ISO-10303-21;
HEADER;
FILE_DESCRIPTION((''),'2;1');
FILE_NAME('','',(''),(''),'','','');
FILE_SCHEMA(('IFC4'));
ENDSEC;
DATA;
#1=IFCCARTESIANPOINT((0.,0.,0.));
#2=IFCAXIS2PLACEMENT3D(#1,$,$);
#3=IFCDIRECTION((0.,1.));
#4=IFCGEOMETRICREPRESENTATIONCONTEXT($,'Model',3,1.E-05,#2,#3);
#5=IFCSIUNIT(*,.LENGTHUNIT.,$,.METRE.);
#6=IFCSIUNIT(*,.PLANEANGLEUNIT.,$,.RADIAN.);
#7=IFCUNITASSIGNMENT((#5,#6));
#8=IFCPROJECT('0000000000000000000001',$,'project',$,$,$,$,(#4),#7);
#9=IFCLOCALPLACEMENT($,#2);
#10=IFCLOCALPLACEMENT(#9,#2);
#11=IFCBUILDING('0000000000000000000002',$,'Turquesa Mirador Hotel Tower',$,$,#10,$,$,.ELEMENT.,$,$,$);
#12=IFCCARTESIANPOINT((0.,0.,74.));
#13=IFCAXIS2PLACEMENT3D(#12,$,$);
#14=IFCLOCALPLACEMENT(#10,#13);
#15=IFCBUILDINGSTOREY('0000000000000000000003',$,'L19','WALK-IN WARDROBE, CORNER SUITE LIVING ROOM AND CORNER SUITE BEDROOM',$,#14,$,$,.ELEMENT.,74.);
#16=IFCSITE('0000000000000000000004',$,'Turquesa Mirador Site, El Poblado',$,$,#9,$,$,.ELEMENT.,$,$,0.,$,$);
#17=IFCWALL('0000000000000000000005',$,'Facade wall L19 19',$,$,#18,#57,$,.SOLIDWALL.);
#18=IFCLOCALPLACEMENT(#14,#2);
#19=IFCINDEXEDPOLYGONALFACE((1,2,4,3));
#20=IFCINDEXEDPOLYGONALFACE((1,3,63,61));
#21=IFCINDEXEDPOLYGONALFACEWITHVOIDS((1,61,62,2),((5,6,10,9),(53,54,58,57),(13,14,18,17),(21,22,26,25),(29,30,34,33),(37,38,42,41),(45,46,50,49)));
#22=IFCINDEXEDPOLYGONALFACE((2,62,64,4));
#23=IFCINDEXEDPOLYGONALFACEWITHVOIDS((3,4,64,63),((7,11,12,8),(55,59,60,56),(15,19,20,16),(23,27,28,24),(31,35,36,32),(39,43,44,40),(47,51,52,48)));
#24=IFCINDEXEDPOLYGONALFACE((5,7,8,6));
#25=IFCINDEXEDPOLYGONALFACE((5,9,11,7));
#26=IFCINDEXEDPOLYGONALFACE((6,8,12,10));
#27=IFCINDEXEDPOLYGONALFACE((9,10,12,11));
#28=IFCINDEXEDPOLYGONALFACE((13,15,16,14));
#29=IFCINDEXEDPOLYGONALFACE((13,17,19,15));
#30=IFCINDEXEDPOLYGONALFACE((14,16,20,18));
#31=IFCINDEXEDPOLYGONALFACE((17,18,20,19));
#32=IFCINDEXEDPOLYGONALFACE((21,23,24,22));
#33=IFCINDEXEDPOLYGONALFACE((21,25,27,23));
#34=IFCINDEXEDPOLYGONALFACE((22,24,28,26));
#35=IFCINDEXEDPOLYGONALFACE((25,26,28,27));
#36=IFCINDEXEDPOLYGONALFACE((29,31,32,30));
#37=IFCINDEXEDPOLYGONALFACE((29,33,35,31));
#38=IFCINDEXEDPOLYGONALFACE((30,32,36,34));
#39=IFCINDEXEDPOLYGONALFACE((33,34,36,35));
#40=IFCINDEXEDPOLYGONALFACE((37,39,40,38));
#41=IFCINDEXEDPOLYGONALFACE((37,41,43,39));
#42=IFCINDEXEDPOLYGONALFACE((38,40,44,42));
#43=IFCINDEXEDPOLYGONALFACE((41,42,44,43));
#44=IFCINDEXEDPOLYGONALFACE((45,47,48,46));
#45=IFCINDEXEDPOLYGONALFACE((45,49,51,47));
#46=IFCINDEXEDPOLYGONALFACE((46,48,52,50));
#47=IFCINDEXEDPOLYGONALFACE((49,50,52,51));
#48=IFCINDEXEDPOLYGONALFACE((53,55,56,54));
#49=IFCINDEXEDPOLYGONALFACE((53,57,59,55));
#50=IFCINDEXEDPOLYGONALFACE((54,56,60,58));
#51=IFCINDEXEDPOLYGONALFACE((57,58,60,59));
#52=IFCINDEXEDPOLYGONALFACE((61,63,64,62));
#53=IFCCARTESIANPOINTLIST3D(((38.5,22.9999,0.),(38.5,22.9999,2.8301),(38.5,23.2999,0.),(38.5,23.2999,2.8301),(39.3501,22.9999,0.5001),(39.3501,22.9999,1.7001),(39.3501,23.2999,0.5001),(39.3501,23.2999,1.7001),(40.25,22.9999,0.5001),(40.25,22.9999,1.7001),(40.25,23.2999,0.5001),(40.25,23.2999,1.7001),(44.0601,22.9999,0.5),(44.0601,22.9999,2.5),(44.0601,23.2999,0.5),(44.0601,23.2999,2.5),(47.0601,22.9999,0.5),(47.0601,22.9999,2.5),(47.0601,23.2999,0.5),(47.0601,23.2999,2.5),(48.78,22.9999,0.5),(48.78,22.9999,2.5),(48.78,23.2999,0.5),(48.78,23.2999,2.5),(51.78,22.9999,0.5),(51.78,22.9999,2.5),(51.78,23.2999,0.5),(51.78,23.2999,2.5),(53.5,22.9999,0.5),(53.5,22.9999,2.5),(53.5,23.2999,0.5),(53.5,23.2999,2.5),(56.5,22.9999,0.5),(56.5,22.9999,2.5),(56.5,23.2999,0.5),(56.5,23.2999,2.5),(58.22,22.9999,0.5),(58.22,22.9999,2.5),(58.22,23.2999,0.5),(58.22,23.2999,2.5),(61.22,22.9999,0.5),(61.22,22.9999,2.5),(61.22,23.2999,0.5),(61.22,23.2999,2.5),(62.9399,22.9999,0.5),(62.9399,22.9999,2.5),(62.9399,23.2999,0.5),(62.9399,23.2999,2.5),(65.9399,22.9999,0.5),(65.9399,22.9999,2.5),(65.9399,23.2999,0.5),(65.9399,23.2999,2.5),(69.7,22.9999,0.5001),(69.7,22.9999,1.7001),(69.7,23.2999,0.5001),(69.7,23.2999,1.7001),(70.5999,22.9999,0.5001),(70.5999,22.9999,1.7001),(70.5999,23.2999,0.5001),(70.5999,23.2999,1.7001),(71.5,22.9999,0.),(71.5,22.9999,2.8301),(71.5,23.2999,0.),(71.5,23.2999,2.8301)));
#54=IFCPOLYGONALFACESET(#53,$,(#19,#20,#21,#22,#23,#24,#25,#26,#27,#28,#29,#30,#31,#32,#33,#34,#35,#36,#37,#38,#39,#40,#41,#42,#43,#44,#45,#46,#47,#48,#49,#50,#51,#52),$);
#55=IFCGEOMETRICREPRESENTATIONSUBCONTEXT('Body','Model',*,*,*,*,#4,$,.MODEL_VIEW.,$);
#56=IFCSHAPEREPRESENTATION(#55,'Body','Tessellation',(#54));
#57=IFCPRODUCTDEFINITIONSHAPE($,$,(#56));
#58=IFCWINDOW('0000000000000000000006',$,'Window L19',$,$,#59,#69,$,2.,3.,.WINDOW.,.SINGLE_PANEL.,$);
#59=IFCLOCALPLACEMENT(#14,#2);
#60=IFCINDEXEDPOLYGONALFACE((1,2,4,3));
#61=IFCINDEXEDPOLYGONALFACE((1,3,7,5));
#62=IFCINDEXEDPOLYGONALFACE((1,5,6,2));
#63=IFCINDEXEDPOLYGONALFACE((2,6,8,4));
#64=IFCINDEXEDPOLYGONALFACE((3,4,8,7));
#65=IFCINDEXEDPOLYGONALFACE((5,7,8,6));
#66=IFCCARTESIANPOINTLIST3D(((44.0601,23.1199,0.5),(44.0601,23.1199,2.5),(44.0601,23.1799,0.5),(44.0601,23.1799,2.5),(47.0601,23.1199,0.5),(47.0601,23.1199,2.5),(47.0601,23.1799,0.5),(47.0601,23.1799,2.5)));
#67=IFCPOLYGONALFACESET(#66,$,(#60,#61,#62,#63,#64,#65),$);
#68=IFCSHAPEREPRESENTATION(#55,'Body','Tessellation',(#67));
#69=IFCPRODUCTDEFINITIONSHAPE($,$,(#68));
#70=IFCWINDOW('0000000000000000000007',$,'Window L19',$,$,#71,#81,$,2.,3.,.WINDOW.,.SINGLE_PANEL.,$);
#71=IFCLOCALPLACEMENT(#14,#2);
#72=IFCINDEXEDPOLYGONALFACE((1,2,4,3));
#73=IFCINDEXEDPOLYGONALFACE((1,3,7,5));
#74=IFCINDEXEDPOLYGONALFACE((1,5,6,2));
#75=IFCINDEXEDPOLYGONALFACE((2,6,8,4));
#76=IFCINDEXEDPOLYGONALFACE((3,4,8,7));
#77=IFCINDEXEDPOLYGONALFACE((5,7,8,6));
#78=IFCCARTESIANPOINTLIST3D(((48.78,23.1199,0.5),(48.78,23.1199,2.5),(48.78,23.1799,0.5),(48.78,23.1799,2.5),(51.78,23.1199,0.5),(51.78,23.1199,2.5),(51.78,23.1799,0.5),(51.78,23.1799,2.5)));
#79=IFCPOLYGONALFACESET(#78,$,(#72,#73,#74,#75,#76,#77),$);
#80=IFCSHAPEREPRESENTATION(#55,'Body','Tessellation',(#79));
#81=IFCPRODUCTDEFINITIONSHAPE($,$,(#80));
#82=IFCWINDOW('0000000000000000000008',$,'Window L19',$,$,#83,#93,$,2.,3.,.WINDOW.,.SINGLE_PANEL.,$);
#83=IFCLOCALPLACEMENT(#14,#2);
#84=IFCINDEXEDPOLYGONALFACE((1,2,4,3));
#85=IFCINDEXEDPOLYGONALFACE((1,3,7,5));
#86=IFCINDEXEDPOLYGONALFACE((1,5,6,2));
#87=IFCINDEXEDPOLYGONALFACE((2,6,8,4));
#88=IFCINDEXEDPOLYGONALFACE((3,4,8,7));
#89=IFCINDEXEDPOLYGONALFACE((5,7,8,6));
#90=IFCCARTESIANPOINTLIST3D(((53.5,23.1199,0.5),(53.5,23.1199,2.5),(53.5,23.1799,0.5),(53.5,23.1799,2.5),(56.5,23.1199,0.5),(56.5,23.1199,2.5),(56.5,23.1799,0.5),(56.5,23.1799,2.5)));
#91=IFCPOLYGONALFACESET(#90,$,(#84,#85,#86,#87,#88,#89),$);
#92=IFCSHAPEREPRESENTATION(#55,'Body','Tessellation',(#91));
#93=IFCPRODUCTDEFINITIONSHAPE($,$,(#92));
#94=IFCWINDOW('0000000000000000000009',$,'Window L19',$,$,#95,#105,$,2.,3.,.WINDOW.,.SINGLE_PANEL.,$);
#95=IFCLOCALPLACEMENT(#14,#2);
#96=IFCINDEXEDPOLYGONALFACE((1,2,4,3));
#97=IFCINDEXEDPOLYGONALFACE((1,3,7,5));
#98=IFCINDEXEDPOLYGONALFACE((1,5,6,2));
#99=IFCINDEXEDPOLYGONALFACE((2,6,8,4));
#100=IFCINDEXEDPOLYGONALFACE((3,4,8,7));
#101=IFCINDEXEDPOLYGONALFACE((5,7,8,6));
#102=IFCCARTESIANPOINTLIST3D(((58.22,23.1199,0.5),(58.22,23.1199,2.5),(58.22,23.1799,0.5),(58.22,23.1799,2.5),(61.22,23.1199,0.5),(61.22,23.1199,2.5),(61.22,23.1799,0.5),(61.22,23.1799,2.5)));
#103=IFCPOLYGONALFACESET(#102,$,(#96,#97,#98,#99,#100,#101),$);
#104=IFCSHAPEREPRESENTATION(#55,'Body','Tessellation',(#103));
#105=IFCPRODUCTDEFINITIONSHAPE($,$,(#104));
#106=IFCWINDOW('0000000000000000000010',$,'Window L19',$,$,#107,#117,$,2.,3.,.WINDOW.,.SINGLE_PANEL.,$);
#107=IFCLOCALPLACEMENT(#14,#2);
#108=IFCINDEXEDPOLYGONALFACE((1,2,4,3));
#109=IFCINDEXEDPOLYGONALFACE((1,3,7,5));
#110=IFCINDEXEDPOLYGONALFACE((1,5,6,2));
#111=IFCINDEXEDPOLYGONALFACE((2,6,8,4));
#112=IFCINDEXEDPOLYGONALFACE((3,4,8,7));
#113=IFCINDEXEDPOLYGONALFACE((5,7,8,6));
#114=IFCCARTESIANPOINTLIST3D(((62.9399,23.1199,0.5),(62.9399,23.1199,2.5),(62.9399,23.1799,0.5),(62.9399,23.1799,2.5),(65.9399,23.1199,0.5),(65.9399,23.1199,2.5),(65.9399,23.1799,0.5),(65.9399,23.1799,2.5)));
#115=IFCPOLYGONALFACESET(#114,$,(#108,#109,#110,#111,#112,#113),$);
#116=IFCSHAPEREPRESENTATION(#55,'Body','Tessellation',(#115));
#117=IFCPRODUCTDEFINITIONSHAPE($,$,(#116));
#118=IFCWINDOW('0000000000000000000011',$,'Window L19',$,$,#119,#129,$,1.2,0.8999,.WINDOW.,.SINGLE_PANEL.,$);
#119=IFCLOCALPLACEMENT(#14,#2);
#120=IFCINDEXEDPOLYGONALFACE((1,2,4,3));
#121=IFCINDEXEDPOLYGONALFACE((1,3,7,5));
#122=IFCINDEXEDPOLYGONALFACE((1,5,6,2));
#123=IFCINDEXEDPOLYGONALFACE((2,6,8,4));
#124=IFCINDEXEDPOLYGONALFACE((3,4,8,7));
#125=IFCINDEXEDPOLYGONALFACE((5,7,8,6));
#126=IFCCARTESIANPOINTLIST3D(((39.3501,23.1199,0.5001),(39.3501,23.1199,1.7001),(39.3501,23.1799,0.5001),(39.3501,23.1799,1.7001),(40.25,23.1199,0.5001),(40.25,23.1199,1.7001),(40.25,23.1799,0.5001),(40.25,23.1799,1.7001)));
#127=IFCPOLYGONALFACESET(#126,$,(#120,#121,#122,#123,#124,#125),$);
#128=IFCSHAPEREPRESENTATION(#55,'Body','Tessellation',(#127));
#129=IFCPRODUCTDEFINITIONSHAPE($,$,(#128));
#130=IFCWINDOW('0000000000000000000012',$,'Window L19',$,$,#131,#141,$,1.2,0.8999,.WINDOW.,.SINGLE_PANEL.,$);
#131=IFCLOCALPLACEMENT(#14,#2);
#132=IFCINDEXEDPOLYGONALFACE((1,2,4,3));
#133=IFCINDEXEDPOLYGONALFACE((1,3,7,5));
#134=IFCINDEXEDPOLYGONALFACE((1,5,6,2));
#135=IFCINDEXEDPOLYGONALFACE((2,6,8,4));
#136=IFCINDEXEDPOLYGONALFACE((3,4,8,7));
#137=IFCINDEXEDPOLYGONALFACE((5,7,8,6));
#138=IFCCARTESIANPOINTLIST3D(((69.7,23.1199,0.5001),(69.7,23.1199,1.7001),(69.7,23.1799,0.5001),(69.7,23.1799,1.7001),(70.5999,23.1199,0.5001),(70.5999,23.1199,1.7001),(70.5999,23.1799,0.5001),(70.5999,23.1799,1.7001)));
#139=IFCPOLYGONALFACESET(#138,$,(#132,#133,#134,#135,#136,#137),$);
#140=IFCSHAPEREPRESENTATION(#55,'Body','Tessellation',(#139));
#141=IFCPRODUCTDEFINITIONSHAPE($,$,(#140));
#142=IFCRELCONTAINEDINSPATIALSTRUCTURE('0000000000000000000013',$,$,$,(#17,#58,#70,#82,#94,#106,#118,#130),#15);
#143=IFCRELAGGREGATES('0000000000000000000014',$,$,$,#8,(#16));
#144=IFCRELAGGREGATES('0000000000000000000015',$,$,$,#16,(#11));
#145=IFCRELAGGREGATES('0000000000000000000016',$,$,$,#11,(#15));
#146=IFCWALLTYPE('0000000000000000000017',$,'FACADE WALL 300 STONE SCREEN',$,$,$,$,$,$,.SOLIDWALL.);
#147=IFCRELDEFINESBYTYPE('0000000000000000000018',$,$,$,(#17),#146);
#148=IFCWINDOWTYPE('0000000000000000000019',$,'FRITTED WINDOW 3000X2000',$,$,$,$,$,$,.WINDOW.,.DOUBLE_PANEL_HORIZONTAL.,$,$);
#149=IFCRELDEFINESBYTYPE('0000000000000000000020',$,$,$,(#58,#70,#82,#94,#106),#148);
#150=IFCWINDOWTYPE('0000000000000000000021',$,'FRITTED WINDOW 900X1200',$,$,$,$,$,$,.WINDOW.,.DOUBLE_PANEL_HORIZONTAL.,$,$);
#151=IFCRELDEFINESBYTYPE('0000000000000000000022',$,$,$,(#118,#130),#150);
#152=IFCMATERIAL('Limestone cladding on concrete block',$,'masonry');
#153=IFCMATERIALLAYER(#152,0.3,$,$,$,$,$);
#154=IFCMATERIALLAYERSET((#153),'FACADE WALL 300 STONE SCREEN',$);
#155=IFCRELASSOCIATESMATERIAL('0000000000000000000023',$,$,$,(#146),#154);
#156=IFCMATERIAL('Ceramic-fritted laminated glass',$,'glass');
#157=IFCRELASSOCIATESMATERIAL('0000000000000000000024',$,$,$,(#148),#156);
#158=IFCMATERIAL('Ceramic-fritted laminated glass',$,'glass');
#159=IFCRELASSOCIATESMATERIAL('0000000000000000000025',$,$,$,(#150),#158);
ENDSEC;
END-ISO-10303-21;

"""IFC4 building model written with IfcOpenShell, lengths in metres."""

from ifc_helpers import new_model, si_unit, direction, frame, frame_2d, origin, place, context, subcontext, project, spatial, rectangle, extrude, material, layer, layer_set, type_object, element, fill, save


model = new_model("IFC4")

# Units and contexts
model_context = context("Model", 3, precision=1e-05, world=origin(), true_north=direction((0.0, 1.0)))
body_context = subcontext(model_context, "Body", "Model", "MODEL_VIEW")
ifc_project = project(units=[si_unit("LENGTHUNIT", "METRE"), si_unit("PLANEANGLEUNIT", "RADIAN")], contexts=[model_context])

# Site, building, storey
site_placement = place(None, origin())
site = spatial("IfcSite", under=ifc_project, at=site_placement, Name="Turquesa Mirador Site, El Poblado", CompositionType="ELEMENT", RefElevation=0.0)
building_placement = place(site_placement, origin())
building = spatial("IfcBuilding", under=site, at=building_placement, Name="Turquesa Mirador Hotel Tower", CompositionType="ELEMENT")
storey_placement = place(building_placement, frame((0.0, 0.0, 74.0)))
storey = spatial("IfcBuildingStorey", under=building, at=storey_placement, Name="L19", Description="WALK-IN WARDROBE, CORNER SUITE LIVING ROOM AND CORNER SUITE BEDROOM", CompositionType="ELEMENT", Elevation=74.0)

# Shared definitions
ifc_material_1 = material(Name="Limestone cladding on concrete block", Category="masonry")
ifc_layer_1 = layer(ifc_material_1, 0.3)
ifc_layer_set_1 = layer_set([ifc_layer_1], Name="FACADE WALL 300 STONE SCREEN")
wall_type_1 = type_object("IfcWallType", Name="FACADE WALL 300 STONE SCREEN", PredefinedType="SOLIDWALL", material=ifc_layer_set_1)

# Wall, openings, windows
wall_1_placement = place(storey_placement, frame((38.5, 23.1499, 0.0), z_axis=(0.0, 0.0, 1.0), x_axis=(1.0, 0.0, 0.0)))
wall_1 = element("IfcWall", 1, at=wall_1_placement, inside=storey, type_object=wall_type_1, Name="Facade wall L19 19", PredefinedType="SOLIDWALL", context=body_context, shape_type="SweptSolid", body=[
    extrude(rectangle(XDim=33.0, YDim=0.3, at=frame_2d((16.5, 0.0))), origin(), (0.0, 0.0, 1.0), 2.8301),
])
opening_1_placement = place(wall_1_placement, frame((0.8501, 0.0, 0.5)))
opening_1 = element("IfcOpeningElement", 2, at=opening_1_placement, cuts=wall_1, PredefinedType="OPENING", context=body_context, shape_type="SweptSolid", body=[
    extrude(rectangle(XDim=0.8999, YDim=1.2, at=frame_2d((0.45, 0.6001))), frame((0.0, 0.1599, 0.0), z_axis=(0.0, -1.0, 0.0), x_axis=(1.0, 0.0, 0.0)), (0.0, 0.0, 1.0), 0.3201),
])
opening_2_placement = place(wall_1_placement, frame((5.5601, 0.0, 0.5)))
opening_2 = element("IfcOpeningElement", 3, at=opening_2_placement, cuts=wall_1, PredefinedType="OPENING", context=body_context, shape_type="SweptSolid", body=[
    extrude(rectangle(XDim=3.0, YDim=2.0, at=frame_2d((1.5, 1.0))), frame((0.0, 0.1599, 0.0), z_axis=(0.0, -1.0, 0.0), x_axis=(1.0, 0.0, 0.0)), (0.0, 0.0, 1.0), 0.3201),
])
opening_3_placement = place(wall_1_placement, frame((10.28, 0.0, 0.5)))
opening_3 = element("IfcOpeningElement", 4, at=opening_3_placement, cuts=wall_1, PredefinedType="OPENING", context=body_context, shape_type="SweptSolid", body=[
    extrude(rectangle(XDim=3.0, YDim=2.0, at=frame_2d((1.5, 1.0))), frame((0.0, 0.1599, 0.0), z_axis=(0.0, -1.0, 0.0), x_axis=(1.0, 0.0, 0.0)), (0.0, 0.0, 1.0), 0.3201),
])
opening_4_placement = place(wall_1_placement, frame((15.0, 0.0, 0.5)))
opening_4 = element("IfcOpeningElement", 5, at=opening_4_placement, cuts=wall_1, PredefinedType="OPENING", context=body_context, shape_type="SweptSolid", body=[
    extrude(rectangle(XDim=3.0, YDim=2.0, at=frame_2d((1.5, 1.0))), frame((0.0, 0.1599, 0.0), z_axis=(0.0, -1.0, 0.0), x_axis=(1.0, 0.0, 0.0)), (0.0, 0.0, 1.0), 0.3201),
])
opening_5_placement = place(wall_1_placement, frame((19.72, 0.0, 0.5)))
opening_5 = element("IfcOpeningElement", 6, at=opening_5_placement, cuts=wall_1, PredefinedType="OPENING", context=body_context, shape_type="SweptSolid", body=[
    extrude(rectangle(XDim=3.0, YDim=2.0, at=frame_2d((1.5, 1.0))), frame((0.0, 0.1599, 0.0), z_axis=(0.0, -1.0, 0.0), x_axis=(1.0, 0.0, 0.0)), (0.0, 0.0, 1.0), 0.3201),
])
opening_6_placement = place(wall_1_placement, frame((24.4399, 0.0, 0.5)))
opening_6 = element("IfcOpeningElement", 7, at=opening_6_placement, cuts=wall_1, PredefinedType="OPENING", context=body_context, shape_type="SweptSolid", body=[
    extrude(rectangle(XDim=3.0, YDim=2.0, at=frame_2d((1.5, 1.0))), frame((0.0, 0.1599, 0.0), z_axis=(0.0, -1.0, 0.0), x_axis=(1.0, 0.0, 0.0)), (0.0, 0.0, 1.0), 0.3201),
])
opening_7_placement = place(wall_1_placement, frame((31.2, 0.0, 0.5)))
opening_7 = element("IfcOpeningElement", 8, at=opening_7_placement, cuts=wall_1, PredefinedType="OPENING", context=body_context, shape_type="SweptSolid", body=[
    extrude(rectangle(XDim=0.8999, YDim=1.2, at=frame_2d((0.45, 0.6001))), frame((0.0, 0.1599, 0.0), z_axis=(0.0, -1.0, 0.0), x_axis=(1.0, 0.0, 0.0)), (0.0, 0.0, 1.0), 0.3201),
])
ifc_material_2 = material(Name="Ceramic-fritted laminated glass", Category="glass")
window_type_1 = type_object("IfcWindowType", Name="FRITTED WINDOW 3000X2000", PartitioningType="DOUBLE_PANEL_HORIZONTAL", PredefinedType="WINDOW", material=ifc_material_2)
window_1_placement = place(opening_2_placement, origin())
window_1 = element("IfcWindow", 9, at=window_1_placement, inside=storey, type_object=window_type_1, Name="Window L19", OverallHeight=2.0, OverallWidth=3.0, PartitioningType="SINGLE_PANEL", PredefinedType="WINDOW", context=body_context, shape_type="SweptSolid", body=[
    extrude(rectangle(XDim=3.0, YDim=2.0, at=frame_2d((1.5, 1.0))), frame((0.0, 0.03, 0.0), z_axis=(0.0, -1.0, 0.0), x_axis=(1.0, 0.0, 0.0)), (0.0, 0.0, 1.0), 0.0601),
])
fill(opening_2, window_1)
window_2_placement = place(opening_3_placement, origin())
window_2 = element("IfcWindow", 10, at=window_2_placement, inside=storey, type_object=window_type_1, Name="Window L19", OverallHeight=2.0, OverallWidth=3.0, PartitioningType="SINGLE_PANEL", PredefinedType="WINDOW", context=body_context, shape_type="SweptSolid", body=[
    extrude(rectangle(XDim=3.0, YDim=2.0, at=frame_2d((1.5, 1.0))), frame((0.0, 0.03, 0.0), z_axis=(0.0, -1.0, 0.0), x_axis=(1.0, 0.0, 0.0)), (0.0, 0.0, 1.0), 0.0601),
])
fill(opening_3, window_2)
window_3_placement = place(opening_4_placement, origin())
window_3 = element("IfcWindow", 11, at=window_3_placement, inside=storey, type_object=window_type_1, Name="Window L19", OverallHeight=2.0, OverallWidth=3.0, PartitioningType="SINGLE_PANEL", PredefinedType="WINDOW", context=body_context, shape_type="SweptSolid", body=[
    extrude(rectangle(XDim=3.0, YDim=2.0, at=frame_2d((1.5, 1.0))), frame((0.0, 0.03, 0.0), z_axis=(0.0, -1.0, 0.0), x_axis=(1.0, 0.0, 0.0)), (0.0, 0.0, 1.0), 0.0601),
])
fill(opening_4, window_3)
window_4_placement = place(opening_5_placement, origin())
window_4 = element("IfcWindow", 12, at=window_4_placement, inside=storey, type_object=window_type_1, Name="Window L19", OverallHeight=2.0, OverallWidth=3.0, PartitioningType="SINGLE_PANEL", PredefinedType="WINDOW", context=body_context, shape_type="SweptSolid", body=[
    extrude(rectangle(XDim=3.0, YDim=2.0, at=frame_2d((1.5, 1.0))), frame((0.0, 0.03, 0.0), z_axis=(0.0, -1.0, 0.0), x_axis=(1.0, 0.0, 0.0)), (0.0, 0.0, 1.0), 0.0601),
])
fill(opening_5, window_4)
window_5_placement = place(opening_6_placement, origin())
window_5 = element("IfcWindow", 13, at=window_5_placement, inside=storey, type_object=window_type_1, Name="Window L19", OverallHeight=2.0, OverallWidth=3.0, PartitioningType="SINGLE_PANEL", PredefinedType="WINDOW", context=body_context, shape_type="SweptSolid", body=[
    extrude(rectangle(XDim=3.0, YDim=2.0, at=frame_2d((1.5, 1.0))), frame((0.0, 0.03, 0.0), z_axis=(0.0, -1.0, 0.0), x_axis=(1.0, 0.0, 0.0)), (0.0, 0.0, 1.0), 0.0601),
])
fill(opening_6, window_5)
ifc_material_3 = material(Name="Ceramic-fritted laminated glass", Category="glass")
window_type_2 = type_object("IfcWindowType", Name="FRITTED WINDOW 900X1200", PartitioningType="DOUBLE_PANEL_HORIZONTAL", PredefinedType="WINDOW", material=ifc_material_3)
window_6_placement = place(opening_1_placement, origin())
window_6 = element("IfcWindow", 14, at=window_6_placement, inside=storey, type_object=window_type_2, Name="Window L19", OverallHeight=1.2, OverallWidth=0.8999, PartitioningType="SINGLE_PANEL", PredefinedType="WINDOW", context=body_context, shape_type="SweptSolid", body=[
    extrude(rectangle(XDim=0.8999, YDim=1.2, at=frame_2d((0.45, 0.6001))), frame((0.0, 0.03, 0.0), z_axis=(0.0, -1.0, 0.0), x_axis=(1.0, 0.0, 0.0)), (0.0, 0.0, 1.0), 0.0601),
])
fill(opening_1, window_6)
window_7_placement = place(opening_7_placement, origin())
window_7 = element("IfcWindow", 15, at=window_7_placement, inside=storey, type_object=window_type_2, Name="Window L19", OverallHeight=1.2, OverallWidth=0.8999, PartitioningType="SINGLE_PANEL", PredefinedType="WINDOW", context=body_context, shape_type="SweptSolid", body=[
    extrude(rectangle(XDim=0.8999, YDim=1.2, at=frame_2d((0.45, 0.6001))), frame((0.0, 0.03, 0.0), z_axis=(0.0, -1.0, 0.0), x_axis=(1.0, 0.0, 0.0)), (0.0, 0.0, 1.0), 0.0601),
])
fill(opening_7, window_7)

save(model, "model.ifc")
